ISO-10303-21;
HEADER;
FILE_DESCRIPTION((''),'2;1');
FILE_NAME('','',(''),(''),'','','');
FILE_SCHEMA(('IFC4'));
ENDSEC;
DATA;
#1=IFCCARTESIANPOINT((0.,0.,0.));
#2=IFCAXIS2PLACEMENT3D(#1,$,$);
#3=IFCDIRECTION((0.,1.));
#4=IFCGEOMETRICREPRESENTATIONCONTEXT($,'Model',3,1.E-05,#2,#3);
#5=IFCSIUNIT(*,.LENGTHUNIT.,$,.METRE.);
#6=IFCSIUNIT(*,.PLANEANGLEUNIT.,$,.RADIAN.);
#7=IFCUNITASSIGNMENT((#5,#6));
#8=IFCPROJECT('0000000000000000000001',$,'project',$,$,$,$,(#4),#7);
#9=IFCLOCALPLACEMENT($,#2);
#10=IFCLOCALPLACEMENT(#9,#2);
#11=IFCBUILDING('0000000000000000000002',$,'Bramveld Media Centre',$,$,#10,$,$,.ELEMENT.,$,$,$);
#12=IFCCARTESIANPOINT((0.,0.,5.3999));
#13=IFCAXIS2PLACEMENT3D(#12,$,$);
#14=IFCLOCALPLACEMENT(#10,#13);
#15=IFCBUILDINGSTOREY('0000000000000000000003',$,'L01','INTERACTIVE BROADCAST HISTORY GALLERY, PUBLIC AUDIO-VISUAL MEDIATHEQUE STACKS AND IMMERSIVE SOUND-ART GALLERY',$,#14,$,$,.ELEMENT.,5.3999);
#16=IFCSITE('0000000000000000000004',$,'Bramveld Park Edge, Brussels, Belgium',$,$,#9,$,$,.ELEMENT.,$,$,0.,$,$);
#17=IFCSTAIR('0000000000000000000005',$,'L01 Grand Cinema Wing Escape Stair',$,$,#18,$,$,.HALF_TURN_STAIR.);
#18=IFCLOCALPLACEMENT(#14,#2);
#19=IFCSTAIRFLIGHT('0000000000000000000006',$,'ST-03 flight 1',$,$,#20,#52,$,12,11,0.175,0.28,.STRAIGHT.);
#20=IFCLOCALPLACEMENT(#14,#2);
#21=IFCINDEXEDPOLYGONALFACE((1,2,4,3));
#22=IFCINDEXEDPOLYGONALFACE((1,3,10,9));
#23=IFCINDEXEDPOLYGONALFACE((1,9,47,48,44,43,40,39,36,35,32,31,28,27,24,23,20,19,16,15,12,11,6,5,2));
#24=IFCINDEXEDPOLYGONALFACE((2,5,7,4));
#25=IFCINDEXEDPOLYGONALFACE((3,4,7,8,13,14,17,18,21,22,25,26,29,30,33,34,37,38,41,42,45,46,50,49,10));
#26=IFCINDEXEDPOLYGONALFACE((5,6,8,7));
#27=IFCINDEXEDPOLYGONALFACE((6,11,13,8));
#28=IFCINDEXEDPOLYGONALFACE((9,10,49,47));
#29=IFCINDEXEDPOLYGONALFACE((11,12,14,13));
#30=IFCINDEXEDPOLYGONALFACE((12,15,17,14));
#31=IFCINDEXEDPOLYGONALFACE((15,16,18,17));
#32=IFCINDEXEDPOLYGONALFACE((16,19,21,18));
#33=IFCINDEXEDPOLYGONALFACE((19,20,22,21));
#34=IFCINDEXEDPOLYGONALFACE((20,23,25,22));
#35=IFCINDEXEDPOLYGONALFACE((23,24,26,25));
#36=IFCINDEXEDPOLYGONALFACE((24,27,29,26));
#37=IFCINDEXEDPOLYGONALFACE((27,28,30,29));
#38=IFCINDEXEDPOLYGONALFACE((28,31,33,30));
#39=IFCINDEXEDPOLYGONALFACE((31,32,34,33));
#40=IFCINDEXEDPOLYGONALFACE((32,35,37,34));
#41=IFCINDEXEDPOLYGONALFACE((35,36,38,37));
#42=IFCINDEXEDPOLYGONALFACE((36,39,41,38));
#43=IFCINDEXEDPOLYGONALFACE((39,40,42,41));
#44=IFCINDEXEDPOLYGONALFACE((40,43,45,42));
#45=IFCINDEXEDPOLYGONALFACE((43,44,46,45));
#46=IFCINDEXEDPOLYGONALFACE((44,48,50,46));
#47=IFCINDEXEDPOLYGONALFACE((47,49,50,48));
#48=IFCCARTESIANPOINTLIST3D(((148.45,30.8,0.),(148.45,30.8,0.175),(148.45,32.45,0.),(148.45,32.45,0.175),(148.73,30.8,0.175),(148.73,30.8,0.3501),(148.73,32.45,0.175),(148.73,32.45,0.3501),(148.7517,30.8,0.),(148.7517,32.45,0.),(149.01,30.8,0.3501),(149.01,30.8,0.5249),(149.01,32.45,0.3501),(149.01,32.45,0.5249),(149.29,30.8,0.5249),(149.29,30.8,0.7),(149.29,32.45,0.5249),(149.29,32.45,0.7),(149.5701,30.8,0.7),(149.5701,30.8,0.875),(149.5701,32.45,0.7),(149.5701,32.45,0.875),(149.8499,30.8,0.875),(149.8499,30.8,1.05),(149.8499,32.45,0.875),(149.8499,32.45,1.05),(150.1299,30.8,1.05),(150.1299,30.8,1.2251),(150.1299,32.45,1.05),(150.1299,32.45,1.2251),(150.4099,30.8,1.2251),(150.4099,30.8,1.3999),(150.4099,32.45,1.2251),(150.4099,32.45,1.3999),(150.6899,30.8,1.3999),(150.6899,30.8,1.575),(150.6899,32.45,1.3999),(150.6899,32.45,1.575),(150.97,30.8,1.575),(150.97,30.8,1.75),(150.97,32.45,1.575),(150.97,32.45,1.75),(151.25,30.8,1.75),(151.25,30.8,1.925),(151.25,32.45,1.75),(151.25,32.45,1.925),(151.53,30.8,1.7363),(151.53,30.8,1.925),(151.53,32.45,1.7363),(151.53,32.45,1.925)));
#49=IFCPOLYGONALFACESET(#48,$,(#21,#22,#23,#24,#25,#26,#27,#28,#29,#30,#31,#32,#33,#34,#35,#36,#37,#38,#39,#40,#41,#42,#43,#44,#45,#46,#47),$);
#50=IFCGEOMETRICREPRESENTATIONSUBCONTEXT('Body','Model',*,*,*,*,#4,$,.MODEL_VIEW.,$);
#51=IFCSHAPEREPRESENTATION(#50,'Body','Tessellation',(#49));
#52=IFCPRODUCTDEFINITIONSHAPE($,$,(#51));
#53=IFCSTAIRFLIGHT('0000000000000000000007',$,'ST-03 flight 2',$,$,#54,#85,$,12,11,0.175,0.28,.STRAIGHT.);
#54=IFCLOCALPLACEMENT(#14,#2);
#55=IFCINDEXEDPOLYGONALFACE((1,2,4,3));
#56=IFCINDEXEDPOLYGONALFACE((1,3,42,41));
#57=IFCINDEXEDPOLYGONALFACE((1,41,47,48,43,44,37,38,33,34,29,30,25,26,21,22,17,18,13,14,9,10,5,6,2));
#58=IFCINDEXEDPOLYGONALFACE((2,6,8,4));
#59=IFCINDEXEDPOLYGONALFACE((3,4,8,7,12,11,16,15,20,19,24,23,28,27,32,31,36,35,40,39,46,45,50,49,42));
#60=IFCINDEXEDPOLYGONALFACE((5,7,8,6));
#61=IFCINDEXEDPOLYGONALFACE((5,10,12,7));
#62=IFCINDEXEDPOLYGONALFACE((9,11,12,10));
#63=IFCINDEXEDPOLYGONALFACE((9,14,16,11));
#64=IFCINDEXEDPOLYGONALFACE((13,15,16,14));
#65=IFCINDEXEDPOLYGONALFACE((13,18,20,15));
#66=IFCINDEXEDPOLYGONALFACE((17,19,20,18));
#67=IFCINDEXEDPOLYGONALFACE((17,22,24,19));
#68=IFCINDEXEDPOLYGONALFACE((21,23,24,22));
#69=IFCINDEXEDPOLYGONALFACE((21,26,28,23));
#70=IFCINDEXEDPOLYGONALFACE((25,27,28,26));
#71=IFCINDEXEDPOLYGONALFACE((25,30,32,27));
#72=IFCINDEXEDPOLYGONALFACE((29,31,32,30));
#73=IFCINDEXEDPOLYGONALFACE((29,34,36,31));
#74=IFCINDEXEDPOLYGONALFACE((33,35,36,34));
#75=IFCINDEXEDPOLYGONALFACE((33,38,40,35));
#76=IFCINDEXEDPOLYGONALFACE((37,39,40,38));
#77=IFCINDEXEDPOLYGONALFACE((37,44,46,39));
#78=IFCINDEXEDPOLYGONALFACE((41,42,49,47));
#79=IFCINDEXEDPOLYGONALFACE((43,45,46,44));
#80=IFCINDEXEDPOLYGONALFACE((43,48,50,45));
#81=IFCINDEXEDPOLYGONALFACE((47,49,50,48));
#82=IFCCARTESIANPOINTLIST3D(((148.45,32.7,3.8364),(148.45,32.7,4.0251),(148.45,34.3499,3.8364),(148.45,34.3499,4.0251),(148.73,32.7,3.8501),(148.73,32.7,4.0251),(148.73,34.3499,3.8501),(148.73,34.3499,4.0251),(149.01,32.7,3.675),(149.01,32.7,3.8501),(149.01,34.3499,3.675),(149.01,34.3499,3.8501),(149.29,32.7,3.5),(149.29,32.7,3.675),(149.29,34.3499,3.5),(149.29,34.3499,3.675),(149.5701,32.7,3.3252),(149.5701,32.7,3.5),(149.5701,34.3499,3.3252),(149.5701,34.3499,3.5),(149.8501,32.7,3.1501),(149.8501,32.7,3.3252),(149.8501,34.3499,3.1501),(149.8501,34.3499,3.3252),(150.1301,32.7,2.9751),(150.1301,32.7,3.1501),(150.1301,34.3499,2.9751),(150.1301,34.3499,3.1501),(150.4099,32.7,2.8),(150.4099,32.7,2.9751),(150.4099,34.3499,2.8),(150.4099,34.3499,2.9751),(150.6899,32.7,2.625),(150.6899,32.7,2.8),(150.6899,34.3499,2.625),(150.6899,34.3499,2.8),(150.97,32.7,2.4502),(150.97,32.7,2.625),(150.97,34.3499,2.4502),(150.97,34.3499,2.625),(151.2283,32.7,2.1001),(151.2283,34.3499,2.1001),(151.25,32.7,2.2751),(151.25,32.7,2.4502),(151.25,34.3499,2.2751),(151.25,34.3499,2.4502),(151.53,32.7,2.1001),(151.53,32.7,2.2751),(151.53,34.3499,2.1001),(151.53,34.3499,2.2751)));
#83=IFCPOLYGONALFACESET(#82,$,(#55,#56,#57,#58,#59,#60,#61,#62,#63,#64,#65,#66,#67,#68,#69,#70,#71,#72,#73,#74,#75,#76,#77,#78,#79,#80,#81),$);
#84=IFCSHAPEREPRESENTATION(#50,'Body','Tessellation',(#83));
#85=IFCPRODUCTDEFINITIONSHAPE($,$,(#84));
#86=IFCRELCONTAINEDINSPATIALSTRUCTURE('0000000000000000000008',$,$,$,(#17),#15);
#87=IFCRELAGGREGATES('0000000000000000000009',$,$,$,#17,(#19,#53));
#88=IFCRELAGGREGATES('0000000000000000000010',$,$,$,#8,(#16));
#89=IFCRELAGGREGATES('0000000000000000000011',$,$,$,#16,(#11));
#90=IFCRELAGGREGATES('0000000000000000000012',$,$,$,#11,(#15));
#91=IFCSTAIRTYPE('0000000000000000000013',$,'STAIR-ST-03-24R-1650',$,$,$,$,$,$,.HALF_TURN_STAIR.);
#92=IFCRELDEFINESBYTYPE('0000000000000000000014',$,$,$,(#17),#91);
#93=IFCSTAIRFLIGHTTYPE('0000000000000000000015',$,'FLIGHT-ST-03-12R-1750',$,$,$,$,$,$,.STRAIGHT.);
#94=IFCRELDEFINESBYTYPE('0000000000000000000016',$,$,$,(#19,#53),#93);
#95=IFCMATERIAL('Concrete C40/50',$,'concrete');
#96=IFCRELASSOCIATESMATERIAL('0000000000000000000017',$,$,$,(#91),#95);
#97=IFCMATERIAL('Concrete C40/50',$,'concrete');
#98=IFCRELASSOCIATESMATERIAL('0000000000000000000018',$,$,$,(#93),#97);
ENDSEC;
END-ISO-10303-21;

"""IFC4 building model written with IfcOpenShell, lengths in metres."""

from ifc_helpers import new_model, si_unit, direction, frame, origin, place, context, subcontext, project, spatial, polyline, outline, extrude, material, type_object, element, aggregate, save


model = new_model("IFC4")

# Units and contexts
model_context = context("Model", 3, precision=1e-05, world=origin(), true_north=direction((0.0, 1.0)))
body_context = subcontext(model_context, "Body", "Model", "MODEL_VIEW")
ifc_project = project(units=[si_unit("LENGTHUNIT", "METRE"), si_unit("PLANEANGLEUNIT", "RADIAN")], contexts=[model_context])

# Site, building, storey
site_placement = place(None, origin())
site = spatial("IfcSite", under=ifc_project, at=site_placement, Name="Bramveld Park Edge, Brussels, Belgium", CompositionType="ELEMENT", RefElevation=0.0)
building_placement = place(site_placement, origin())
building = spatial("IfcBuilding", under=site, at=building_placement, Name="Bramveld Media Centre", CompositionType="ELEMENT")
storey_placement = place(building_placement, frame((0.0, 0.0, 5.3999)))
storey = spatial("IfcBuildingStorey", under=building, at=storey_placement, Name="L01", Description="INTERACTIVE BROADCAST HISTORY GALLERY, PUBLIC AUDIO-VISUAL MEDIATHEQUE STACKS AND IMMERSIVE SOUND-ART GALLERY", CompositionType="ELEMENT", Elevation=5.3999)

# Stair, stair flights
ifc_material_1 = material(Name="Concrete C40/50", Category="concrete")
stair_type = type_object("IfcStairType", Name="STAIR-ST-03-24R-1650", PredefinedType="HALF_TURN_STAIR", material=ifc_material_1)
stair_placement = place(storey_placement, origin())
stair = element("IfcStair", 1, at=stair_placement, inside=storey, type_object=stair_type, Name="L01 Grand Cinema Wing Escape Stair", PredefinedType="HALF_TURN_STAIR")
ifc_material_2 = material(Name="Concrete C40/50", Category="concrete")
stair_flight_type = type_object("IfcStairFlightType", Name="FLIGHT-ST-03-12R-1750", PredefinedType="STRAIGHT", material=ifc_material_2)
stair_flight_1_placement = place(storey_placement, frame((148.45, 31.625, 0.0), z_axis=(0.0, 0.0, 1.0), x_axis=(1.0, 0.0, 0.0)))
stair_flight_1 = element("IfcStairFlight", 2, at=stair_flight_1_placement, type_object=stair_flight_type, Name="ST-03 flight 1", NumberOfRisers=12, NumberOfTreads=11, PredefinedType="STRAIGHT", RiserHeight=0.175, TreadLength=0.28, context=body_context, shape_type="SweptSolid", body=[
    extrude(outline(polyline([(0.0, 0.0), (0.0, 0.175), (0.28, 0.175), (0.28, 0.3501), (0.5601, 0.3501), (0.5601, 0.5249), (0.8401, 0.5249), (0.8401, 0.7), (1.1201, 0.7), (1.1201, 0.875), (1.3999, 0.875), (1.3999, 1.05), (1.6799, 1.05), (1.6799, 1.2251), (1.96, 1.2251), (1.96, 1.3999), (2.24, 1.3999), (2.24, 1.575), (2.52, 1.575), (2.52, 1.75), (2.8, 1.75), (2.8, 1.925), (3.0801, 1.925), (3.0801, 2.1001), (3.0801, 1.7363), (0.3018, 0.0), (0.0, 0.0)])), frame((0.0, 0.825, 0.0), z_axis=(0.0, -1.0, 0.0), x_axis=(1.0, 0.0, 0.0)), (0.0, 0.0, 1.0), 1.6499),
])
stair_flight_2_placement = place(storey_placement, frame((151.53, 33.5249, 2.1001), z_axis=(0.0, 0.0, 1.0), x_axis=(-1.0, 0.0, 0.0)))
stair_flight_2 = element("IfcStairFlight", 3, at=stair_flight_2_placement, type_object=stair_flight_type, Name="ST-03 flight 2", NumberOfRisers=12, NumberOfTreads=11, PredefinedType="STRAIGHT", RiserHeight=0.175, TreadLength=0.28, context=body_context, shape_type="SweptSolid", body=[
    extrude(outline(polyline([(0.0, 0.0), (0.0, 0.175), (0.28, 0.175), (0.28, 0.3501), (0.5601, 0.3501), (0.5601, 0.5249), (0.8401, 0.5249), (0.8401, 0.7), (1.1201, 0.7), (1.1201, 0.875), (1.3999, 0.875), (1.3999, 1.05), (1.6799, 1.05), (1.6799, 1.2251), (1.96, 1.2251), (1.96, 1.3999), (2.24, 1.3999), (2.24, 1.575), (2.52, 1.575), (2.52, 1.75), (2.8, 1.75), (2.8, 1.925), (3.0801, 1.925), (3.0801, 2.1001), (3.0801, 1.7363), (0.3018, 0.0), (0.0, 0.0)])), frame((0.0, 0.825, 0.0), z_axis=(0.0, -1.0, 0.0), x_axis=(1.0, 0.0, 0.0)), (0.0, 0.0, 1.0), 1.6499),
])
aggregate(stair, [stair_flight_1, stair_flight_2])

save(model, "model.ifc")
